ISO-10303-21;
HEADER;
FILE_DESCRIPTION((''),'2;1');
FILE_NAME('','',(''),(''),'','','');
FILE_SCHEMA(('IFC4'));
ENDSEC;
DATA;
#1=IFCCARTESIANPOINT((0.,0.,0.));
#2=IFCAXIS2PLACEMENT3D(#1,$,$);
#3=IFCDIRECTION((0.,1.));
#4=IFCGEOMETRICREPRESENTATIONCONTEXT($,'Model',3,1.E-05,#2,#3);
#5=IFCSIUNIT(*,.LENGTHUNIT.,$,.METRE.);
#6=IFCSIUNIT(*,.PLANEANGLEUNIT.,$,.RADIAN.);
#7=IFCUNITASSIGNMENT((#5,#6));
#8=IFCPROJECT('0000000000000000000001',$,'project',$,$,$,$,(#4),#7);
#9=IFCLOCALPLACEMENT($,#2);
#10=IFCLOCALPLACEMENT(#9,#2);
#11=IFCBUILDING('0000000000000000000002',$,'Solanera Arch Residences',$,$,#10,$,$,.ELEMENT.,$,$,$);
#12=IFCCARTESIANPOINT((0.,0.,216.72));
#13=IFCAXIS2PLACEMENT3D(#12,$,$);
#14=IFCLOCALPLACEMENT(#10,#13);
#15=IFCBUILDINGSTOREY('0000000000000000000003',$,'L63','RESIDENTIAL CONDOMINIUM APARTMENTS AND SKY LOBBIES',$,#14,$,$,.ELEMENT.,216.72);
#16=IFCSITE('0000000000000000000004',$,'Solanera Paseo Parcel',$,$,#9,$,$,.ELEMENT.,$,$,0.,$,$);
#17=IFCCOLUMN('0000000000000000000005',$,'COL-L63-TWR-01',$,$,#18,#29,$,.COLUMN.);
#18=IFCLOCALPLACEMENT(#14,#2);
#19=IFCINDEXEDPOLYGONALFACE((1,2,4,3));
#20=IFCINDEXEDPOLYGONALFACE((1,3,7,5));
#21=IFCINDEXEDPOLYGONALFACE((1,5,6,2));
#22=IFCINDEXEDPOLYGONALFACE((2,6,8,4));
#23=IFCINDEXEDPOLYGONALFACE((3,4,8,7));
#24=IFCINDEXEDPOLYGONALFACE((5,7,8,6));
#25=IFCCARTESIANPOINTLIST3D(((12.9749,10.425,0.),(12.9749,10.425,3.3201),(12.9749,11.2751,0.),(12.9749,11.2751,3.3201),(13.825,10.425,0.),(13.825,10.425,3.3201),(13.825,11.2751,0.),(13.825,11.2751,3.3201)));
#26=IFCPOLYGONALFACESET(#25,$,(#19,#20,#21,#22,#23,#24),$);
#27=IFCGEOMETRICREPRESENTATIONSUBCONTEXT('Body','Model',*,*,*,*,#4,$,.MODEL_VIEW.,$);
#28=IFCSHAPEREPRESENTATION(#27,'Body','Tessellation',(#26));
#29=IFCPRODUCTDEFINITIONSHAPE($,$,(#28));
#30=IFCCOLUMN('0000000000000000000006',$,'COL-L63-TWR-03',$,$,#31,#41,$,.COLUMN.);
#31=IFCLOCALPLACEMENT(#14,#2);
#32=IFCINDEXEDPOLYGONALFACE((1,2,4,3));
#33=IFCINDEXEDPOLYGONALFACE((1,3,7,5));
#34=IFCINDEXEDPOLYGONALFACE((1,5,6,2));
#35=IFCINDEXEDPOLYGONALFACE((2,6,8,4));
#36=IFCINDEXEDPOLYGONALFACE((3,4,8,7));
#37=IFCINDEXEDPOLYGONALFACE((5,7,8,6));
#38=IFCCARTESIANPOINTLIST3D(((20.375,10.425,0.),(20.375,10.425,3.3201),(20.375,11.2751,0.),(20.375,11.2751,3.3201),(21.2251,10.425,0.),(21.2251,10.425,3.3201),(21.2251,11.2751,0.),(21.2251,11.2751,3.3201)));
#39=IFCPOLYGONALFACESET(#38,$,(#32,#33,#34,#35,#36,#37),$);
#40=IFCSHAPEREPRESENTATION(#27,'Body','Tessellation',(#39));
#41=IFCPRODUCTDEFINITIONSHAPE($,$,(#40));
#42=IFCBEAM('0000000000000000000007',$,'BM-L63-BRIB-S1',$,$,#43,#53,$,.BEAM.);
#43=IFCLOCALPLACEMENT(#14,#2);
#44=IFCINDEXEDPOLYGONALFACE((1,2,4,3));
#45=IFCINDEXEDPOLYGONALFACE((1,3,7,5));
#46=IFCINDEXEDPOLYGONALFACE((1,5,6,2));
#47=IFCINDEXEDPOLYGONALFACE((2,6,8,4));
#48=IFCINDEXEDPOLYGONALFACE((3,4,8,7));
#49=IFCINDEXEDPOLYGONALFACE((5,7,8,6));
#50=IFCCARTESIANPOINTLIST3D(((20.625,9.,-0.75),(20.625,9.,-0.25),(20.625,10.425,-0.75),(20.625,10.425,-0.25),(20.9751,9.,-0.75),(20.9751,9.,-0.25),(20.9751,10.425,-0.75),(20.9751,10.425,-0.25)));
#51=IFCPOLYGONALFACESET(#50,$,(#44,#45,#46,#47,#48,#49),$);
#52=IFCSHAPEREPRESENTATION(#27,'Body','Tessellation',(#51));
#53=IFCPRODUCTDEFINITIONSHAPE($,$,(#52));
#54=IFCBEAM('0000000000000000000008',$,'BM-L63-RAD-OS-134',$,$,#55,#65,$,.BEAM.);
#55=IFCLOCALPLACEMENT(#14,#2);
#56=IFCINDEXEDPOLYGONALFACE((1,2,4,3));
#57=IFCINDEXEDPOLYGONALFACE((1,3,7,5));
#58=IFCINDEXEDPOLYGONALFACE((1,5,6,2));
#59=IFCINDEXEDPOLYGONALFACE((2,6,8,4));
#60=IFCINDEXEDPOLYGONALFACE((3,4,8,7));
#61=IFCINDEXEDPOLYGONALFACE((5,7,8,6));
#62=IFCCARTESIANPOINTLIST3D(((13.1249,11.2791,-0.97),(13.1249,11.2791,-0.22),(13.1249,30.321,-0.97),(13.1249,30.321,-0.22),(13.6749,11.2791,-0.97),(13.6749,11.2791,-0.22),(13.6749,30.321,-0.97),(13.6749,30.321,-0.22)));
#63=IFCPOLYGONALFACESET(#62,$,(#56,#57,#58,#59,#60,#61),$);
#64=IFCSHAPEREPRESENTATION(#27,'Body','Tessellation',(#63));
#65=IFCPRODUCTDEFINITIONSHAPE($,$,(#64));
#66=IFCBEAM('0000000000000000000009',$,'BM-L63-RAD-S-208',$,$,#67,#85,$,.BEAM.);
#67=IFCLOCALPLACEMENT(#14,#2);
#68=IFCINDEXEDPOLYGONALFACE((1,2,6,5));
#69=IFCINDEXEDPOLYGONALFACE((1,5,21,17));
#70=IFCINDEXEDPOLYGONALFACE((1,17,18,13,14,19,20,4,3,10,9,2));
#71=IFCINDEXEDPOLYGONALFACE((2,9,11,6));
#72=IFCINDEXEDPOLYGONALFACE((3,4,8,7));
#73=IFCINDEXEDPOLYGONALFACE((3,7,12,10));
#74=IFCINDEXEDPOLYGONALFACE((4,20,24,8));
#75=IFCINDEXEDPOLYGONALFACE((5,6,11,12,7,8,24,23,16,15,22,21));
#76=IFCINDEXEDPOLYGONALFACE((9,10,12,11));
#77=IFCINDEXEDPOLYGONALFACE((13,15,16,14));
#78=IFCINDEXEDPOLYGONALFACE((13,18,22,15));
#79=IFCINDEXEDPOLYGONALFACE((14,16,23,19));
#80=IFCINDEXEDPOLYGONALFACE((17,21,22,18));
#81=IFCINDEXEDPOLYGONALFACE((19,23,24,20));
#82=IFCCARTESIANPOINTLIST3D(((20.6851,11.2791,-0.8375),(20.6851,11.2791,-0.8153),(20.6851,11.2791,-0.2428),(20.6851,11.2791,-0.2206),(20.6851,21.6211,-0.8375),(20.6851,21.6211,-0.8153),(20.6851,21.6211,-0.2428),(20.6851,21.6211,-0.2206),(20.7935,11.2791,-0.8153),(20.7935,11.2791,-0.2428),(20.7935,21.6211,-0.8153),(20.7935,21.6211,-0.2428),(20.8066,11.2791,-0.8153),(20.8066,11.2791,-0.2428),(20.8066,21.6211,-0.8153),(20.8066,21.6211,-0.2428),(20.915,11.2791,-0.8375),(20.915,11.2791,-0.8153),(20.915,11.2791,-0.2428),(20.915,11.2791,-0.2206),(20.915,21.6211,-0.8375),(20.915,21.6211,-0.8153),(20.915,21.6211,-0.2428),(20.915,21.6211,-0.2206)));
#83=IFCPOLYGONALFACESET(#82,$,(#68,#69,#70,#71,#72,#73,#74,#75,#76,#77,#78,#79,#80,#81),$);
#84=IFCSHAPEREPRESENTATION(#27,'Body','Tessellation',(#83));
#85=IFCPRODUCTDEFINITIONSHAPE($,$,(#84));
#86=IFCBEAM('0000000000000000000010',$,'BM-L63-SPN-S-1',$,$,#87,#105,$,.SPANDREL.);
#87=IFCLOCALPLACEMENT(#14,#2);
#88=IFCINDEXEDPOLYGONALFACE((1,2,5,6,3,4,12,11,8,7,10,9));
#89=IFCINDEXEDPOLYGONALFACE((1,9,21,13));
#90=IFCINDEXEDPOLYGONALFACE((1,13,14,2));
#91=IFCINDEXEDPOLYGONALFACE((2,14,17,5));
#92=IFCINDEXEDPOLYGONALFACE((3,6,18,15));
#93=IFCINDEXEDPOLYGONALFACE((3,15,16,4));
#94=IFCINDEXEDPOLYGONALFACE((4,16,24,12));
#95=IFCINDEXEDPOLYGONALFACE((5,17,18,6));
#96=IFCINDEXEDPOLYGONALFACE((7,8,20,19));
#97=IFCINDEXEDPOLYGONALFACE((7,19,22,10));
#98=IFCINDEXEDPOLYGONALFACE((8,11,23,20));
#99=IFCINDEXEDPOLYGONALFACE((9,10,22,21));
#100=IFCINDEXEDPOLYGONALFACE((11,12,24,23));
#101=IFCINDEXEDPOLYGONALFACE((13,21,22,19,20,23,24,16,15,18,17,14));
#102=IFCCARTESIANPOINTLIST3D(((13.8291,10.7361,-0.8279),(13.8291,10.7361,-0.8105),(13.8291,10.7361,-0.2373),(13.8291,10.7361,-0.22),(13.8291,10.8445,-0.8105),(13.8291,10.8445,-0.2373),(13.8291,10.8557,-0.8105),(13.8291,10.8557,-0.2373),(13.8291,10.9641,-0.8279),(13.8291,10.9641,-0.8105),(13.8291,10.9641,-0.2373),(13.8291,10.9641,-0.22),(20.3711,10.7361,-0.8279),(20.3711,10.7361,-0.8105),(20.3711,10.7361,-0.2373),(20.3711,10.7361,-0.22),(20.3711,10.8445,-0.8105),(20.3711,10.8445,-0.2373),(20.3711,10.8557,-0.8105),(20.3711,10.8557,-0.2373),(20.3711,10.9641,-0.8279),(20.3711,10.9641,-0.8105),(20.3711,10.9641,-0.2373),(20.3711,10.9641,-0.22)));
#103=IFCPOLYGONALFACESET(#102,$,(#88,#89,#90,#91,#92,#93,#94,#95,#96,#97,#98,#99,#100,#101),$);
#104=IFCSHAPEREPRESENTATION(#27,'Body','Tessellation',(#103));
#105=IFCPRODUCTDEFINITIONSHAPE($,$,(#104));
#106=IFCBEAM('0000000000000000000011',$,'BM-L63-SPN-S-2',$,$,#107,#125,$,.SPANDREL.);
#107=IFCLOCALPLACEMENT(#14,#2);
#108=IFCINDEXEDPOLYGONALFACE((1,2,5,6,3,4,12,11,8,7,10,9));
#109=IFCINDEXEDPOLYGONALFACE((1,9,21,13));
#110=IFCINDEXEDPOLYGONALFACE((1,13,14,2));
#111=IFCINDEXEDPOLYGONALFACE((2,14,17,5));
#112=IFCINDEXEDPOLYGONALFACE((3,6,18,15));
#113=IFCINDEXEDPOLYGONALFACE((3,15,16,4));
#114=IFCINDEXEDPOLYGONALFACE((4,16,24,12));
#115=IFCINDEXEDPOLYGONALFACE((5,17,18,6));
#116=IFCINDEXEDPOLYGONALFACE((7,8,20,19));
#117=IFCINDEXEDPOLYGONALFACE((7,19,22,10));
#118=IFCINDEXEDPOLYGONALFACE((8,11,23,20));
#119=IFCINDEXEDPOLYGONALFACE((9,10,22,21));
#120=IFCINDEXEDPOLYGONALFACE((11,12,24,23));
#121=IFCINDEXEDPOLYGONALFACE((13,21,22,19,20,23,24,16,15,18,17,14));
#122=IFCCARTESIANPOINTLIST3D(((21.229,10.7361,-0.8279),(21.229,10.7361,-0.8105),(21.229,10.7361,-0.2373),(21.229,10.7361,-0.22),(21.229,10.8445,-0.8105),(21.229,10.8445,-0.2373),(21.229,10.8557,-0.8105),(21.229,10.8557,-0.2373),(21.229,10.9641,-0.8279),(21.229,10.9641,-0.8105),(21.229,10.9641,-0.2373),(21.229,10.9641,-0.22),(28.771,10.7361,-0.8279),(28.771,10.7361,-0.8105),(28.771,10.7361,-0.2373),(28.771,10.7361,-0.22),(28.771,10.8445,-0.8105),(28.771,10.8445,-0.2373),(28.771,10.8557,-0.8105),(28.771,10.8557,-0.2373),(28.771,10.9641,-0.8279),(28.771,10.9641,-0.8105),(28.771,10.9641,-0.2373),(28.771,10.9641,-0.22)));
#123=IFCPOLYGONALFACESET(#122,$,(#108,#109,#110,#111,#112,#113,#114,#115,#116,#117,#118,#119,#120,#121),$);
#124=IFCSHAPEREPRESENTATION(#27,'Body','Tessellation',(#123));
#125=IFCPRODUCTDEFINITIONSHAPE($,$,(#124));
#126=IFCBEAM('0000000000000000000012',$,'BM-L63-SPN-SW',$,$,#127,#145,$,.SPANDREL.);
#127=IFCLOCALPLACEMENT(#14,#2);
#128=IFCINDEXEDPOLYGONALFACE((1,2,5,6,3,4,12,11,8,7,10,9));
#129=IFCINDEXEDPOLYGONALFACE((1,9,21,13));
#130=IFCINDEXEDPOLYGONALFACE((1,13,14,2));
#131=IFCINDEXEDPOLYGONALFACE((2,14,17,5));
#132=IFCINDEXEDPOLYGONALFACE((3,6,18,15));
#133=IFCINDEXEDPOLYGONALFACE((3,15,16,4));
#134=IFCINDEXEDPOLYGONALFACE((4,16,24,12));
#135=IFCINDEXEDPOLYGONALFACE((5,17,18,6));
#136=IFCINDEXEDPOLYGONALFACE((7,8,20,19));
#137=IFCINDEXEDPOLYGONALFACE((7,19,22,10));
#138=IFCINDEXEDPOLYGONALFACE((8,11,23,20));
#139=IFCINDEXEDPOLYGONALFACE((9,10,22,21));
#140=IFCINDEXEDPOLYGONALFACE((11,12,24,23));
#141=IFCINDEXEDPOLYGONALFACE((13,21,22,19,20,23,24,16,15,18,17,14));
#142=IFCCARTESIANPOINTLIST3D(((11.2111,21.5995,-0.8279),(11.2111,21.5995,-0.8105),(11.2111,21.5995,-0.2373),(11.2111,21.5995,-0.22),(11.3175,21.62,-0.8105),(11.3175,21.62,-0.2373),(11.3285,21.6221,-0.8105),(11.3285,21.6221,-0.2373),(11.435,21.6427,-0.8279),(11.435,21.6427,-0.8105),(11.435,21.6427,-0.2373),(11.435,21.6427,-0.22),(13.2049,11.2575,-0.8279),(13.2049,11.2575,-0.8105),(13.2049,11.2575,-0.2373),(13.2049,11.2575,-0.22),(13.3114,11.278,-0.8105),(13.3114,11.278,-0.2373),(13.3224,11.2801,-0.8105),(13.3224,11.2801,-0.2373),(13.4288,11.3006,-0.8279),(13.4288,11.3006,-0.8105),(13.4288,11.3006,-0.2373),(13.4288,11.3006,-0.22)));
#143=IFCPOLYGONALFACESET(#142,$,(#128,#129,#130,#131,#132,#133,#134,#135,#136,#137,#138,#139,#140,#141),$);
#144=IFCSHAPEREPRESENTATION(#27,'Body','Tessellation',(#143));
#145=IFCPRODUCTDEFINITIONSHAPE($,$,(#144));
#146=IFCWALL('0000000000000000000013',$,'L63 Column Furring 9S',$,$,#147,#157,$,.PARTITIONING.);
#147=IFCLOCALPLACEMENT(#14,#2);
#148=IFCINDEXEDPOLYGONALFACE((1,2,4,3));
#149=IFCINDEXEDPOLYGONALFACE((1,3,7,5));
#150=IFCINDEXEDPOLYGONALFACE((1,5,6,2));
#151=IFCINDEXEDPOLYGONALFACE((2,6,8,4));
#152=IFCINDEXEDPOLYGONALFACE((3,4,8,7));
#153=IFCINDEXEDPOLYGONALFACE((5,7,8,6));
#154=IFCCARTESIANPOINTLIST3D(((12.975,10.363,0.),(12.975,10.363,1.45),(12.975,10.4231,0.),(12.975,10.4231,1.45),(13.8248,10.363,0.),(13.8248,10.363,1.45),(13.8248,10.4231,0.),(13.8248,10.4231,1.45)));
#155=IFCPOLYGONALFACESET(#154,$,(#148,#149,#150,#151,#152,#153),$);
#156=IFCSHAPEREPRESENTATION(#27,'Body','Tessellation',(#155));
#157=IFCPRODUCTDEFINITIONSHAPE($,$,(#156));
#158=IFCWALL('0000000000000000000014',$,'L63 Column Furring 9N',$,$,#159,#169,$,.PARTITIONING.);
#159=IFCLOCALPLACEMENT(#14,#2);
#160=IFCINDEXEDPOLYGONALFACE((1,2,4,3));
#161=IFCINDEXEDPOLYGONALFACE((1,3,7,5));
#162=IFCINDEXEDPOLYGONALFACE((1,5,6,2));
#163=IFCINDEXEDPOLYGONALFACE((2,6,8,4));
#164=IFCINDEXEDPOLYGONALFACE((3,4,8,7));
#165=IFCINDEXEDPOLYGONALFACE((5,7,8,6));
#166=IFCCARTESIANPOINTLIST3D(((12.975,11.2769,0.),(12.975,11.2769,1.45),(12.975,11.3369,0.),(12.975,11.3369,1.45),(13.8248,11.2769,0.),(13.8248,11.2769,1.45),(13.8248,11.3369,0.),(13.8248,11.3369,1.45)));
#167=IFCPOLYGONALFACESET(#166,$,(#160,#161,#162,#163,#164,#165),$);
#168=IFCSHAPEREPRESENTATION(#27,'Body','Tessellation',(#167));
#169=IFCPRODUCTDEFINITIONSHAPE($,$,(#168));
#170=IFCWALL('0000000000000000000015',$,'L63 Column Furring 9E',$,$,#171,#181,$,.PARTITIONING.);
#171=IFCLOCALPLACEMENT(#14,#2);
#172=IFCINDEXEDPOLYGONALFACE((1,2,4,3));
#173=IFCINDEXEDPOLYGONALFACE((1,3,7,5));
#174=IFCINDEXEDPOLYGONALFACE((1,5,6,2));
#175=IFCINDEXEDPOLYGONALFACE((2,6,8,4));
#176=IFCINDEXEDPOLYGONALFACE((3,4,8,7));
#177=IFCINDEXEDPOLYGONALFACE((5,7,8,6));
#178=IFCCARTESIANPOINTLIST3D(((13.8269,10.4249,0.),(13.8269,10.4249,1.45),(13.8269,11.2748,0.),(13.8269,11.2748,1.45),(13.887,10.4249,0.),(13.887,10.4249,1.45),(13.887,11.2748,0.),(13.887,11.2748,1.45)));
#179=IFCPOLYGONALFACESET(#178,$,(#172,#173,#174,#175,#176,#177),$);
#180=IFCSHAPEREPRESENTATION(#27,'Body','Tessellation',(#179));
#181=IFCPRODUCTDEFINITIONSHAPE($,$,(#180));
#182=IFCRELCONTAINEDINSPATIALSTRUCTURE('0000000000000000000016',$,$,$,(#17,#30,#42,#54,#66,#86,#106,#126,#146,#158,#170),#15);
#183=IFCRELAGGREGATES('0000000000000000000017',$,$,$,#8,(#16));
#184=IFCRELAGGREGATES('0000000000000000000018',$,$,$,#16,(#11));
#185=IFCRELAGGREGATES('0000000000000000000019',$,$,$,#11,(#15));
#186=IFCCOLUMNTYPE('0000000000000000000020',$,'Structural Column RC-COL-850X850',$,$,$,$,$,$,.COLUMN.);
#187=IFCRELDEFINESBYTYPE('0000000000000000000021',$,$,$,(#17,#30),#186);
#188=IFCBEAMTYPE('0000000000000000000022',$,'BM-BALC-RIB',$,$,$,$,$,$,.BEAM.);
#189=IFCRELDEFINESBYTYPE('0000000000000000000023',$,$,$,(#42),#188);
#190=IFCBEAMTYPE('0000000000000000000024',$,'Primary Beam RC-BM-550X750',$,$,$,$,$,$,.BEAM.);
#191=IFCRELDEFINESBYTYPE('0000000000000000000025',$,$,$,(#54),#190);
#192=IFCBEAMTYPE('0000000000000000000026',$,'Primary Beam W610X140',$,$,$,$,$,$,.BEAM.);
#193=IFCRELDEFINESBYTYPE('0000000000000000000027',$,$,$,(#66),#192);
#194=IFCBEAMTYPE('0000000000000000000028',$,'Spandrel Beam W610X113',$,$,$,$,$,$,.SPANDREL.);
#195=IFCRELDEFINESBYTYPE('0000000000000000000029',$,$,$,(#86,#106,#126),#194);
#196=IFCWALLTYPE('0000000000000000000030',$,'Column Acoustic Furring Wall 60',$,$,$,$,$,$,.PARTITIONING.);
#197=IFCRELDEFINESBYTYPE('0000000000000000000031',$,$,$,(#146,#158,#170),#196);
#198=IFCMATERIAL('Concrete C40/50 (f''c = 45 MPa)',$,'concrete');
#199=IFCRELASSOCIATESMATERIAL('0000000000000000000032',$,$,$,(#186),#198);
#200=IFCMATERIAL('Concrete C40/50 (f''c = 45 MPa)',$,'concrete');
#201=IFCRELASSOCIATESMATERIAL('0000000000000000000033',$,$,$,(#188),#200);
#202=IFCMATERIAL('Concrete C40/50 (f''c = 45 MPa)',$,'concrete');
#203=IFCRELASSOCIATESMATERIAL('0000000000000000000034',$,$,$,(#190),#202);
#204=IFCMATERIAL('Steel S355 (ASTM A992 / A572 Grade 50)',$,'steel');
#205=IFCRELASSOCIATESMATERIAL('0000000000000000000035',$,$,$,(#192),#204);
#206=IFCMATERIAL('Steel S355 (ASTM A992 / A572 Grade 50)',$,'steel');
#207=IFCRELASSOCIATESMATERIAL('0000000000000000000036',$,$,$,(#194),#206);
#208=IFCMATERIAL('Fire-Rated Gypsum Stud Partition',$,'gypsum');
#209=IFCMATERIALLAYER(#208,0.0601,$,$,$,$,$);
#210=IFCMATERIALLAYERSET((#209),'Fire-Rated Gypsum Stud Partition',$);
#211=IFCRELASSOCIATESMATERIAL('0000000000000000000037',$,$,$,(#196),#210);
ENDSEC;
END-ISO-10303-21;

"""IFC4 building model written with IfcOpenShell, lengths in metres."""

from ifc_helpers import new_model, si_unit, direction, frame, frame_2d, origin, origin_2d, place, context, subcontext, project, spatial, rectangle, i_section, extrude, material, layer, layer_set, material_profile, profile_set, type_object, element, save


model = new_model("IFC4")

# Units and contexts
model_context = context("Model", 3, precision=1e-05, world=origin(), true_north=direction((0.0, 1.0)))
body_context = subcontext(model_context, "Body", "Model", "MODEL_VIEW")
ifc_project = project(units=[si_unit("LENGTHUNIT", "METRE"), si_unit("PLANEANGLEUNIT", "RADIAN")], contexts=[model_context])

# Site, building, storey
site_placement = place(None, origin())
site = spatial("IfcSite", under=ifc_project, at=site_placement, Name="Solanera Paseo Parcel", CompositionType="ELEMENT", RefElevation=0.0)
building_placement = place(site_placement, origin())
building = spatial("IfcBuilding", under=site, at=building_placement, Name="Solanera Arch Residences", CompositionType="ELEMENT")
storey_placement = place(building_placement, frame((0.0, 0.0, 216.72)))
storey = spatial("IfcBuildingStorey", under=building, at=storey_placement, Name="L63", Description="RESIDENTIAL CONDOMINIUM APARTMENTS AND SKY LOBBIES", CompositionType="ELEMENT", Elevation=216.72)

# Columns
ifc_material_1 = material(Name="Concrete C40/50 (f'c = 45 MPa)", Category="concrete")
ifc_material_profile_1 = material_profile(ifc_material_1, rectangle(XDim=0.8501, YDim=0.8501, at=origin_2d()))
ifc_profile_set_1 = profile_set([ifc_material_profile_1], Name="Concrete C40/50 (f'c = 45 MPa)")
column_type = type_object("IfcColumnType", Name="Structural Column RC-COL-850X850", PredefinedType="COLUMN", material=ifc_profile_set_1)
for number, where, z_axis, x_axis, name in (
    (1, (13.3999, 10.8501, 0.0), (0.0, 0.0, 1.0), (1.0, 0.0, 0.0), "COL-L63-TWR-01"),
    (2, (20.8, 10.8501, 0.0), (0.0, 0.0, 1.0), (1.0, 0.0, 0.0), "COL-L63-TWR-03"),
):
    element("IfcColumn", number, at=place(storey_placement, frame(where, z_axis=z_axis, x_axis=x_axis)), inside=storey, type_object=column_type, Name=name, PredefinedType="COLUMN", context=body_context, shape_type="SweptSolid", body=[
        extrude(rectangle(XDim=0.8501, YDim=0.8501, at=origin_2d()), origin(), (0.0, 0.0, 1.0), 3.3201),
    ])

# Beams
ifc_material_2 = material(Name="Concrete C40/50 (f'c = 45 MPa)", Category="concrete")
ifc_material_profile_2 = material_profile(ifc_material_2, rectangle(XDim=0.3501, YDim=0.5, at=origin_2d()))
ifc_profile_set_2 = profile_set([ifc_material_profile_2], Name="Concrete C40/50 (f'c = 45 MPa)")
beam_type_1 = type_object("IfcBeamType", Name="BM-BALC-RIB", PredefinedType="BEAM", material=ifc_profile_set_2)
beam_1_placement = place(storey_placement, frame((20.8, 9.0, -0.5), z_axis=(0.0, 1.0, 0.0), x_axis=(-1.0, 0.0, 0.0)))
element("IfcBeam", 3, at=beam_1_placement, inside=storey, type_object=beam_type_1, Name="BM-L63-BRIB-S1", PredefinedType="BEAM", context=body_context, shape_type="SweptSolid", body=[
    extrude(rectangle(XDim=0.3501, YDim=0.5, at=origin_2d()), origin(), (0.0, 0.0, 1.0), 1.425),
])
ifc_material_3 = material(Name="Concrete C40/50 (f'c = 45 MPa)", Category="concrete")
ifc_material_profile_3 = material_profile(ifc_material_3, rectangle(XDim=0.55, YDim=0.75, at=origin_2d()))
ifc_profile_set_3 = profile_set([ifc_material_profile_3], Name="Concrete C40/50 (f'c = 45 MPa)")
beam_type_2 = type_object("IfcBeamType", Name="Primary Beam RC-BM-550X750", PredefinedType="BEAM", material=ifc_profile_set_3)
beam_2_placement = place(storey_placement, frame((13.3999, 11.2791, -0.595), z_axis=(0.0, 1.0, 0.0), x_axis=(-1.0, 0.0, 0.0)))
element("IfcBeam", 4, at=beam_2_placement, inside=storey, type_object=beam_type_2, Name="BM-L63-RAD-OS-134", PredefinedType="BEAM", context=body_context, shape_type="SweptSolid", body=[
    extrude(rectangle(XDim=0.55, YDim=0.75, at=origin_2d()), origin(), (0.0, 0.0, 1.0), 19.042),
])
ifc_material_4 = material(Name="Steel S355 (ASTM A992 / A572 Grade 50)", Category="steel")
ifc_material_profile_4 = material_profile(ifc_material_4, i_section(OverallWidth=0.23, OverallDepth=0.6169, WebThickness=0.0132, FlangeThickness=0.0222, at=origin_2d()))
ifc_profile_set_4 = profile_set([ifc_material_profile_4], Name="Steel S355 (ASTM A992 / A572 Grade 50)")
beam_type_3 = type_object("IfcBeamType", Name="Primary Beam W610X140", PredefinedType="BEAM", material=ifc_profile_set_4)
beam_3_placement = place(storey_placement, frame((20.8, 11.2791, -0.5291), z_axis=(0.0, 1.0, 0.0), x_axis=(-1.0, 0.0, 0.0)))
element("IfcBeam", 5, at=beam_3_placement, inside=storey, type_object=beam_type_3, Name="BM-L63-RAD-S-208", PredefinedType="BEAM", context=body_context, shape_type="SweptSolid", body=[
    extrude(i_section(OverallWidth=0.23, OverallDepth=0.6169, WebThickness=0.0132, FlangeThickness=0.0222, at=origin_2d()), origin(), (0.0, 0.0, 1.0), 10.342),
])
ifc_material_5 = material(Name="Steel S355 (ASTM A992 / A572 Grade 50)", Category="steel")
ifc_material_profile_5 = material_profile(ifc_material_5, i_section(OverallWidth=0.228, OverallDepth=0.6079, WebThickness=0.0112, FlangeThickness=0.0173, at=origin_2d()))
ifc_profile_set_5 = profile_set([ifc_material_profile_5], Name="Steel S355 (ASTM A992 / A572 Grade 50)")
beam_type_4 = type_object("IfcBeamType", Name="Spandrel Beam W610X113", PredefinedType="SPANDREL", material=ifc_profile_set_5)
beam_4_placement = place(storey_placement, frame((13.8291, 10.8501, -0.5239), z_axis=(1.0, 0.0, 0.0), x_axis=(0.0, 1.0, 0.0)))
element("IfcBeam", 6, at=beam_4_placement, inside=storey, type_object=beam_type_4, Name="BM-L63-SPN-S-1", PredefinedType="SPANDREL", context=body_context, shape_type="SweptSolid", body=[
    extrude(i_section(OverallWidth=0.228, OverallDepth=0.6079, WebThickness=0.0112, FlangeThickness=0.0173, at=origin_2d()), origin(), (0.0, 0.0, 1.0), 6.542),
])
beam_5_placement = place(storey_placement, frame((21.229, 10.8501, -0.5239), z_axis=(1.0, 0.0, 0.0), x_axis=(0.0, 1.0, 0.0)))
element("IfcBeam", 7, at=beam_5_placement, inside=storey, type_object=beam_type_4, Name="BM-L63-SPN-S-2", PredefinedType="SPANDREL", context=body_context, shape_type="SweptSolid", body=[
    extrude(i_section(OverallWidth=0.228, OverallDepth=0.6079, WebThickness=0.0112, FlangeThickness=0.0173, at=origin_2d()), origin(), (0.0, 0.0, 1.0), 7.542),
])
beam_6_placement = place(storey_placement, frame((13.3169, 11.2791, -0.5239), z_axis=(-0.189309, 0.981918, 0.0), x_axis=(-0.981918, -0.189309, 0.0)))
element("IfcBeam", 8, at=beam_6_placement, inside=storey, type_object=beam_type_4, Name="BM-L63-SPN-SW", PredefinedType="SPANDREL", context=body_context, shape_type="SweptSolid", body=[
    extrude(i_section(OverallWidth=0.228, OverallDepth=0.6079, WebThickness=0.0112, FlangeThickness=0.0173, at=origin_2d()), origin(), (0.0, 0.0, 1.0), 10.5325),
])

# Walls
ifc_material_6 = material(Name="Fire-Rated Gypsum Stud Partition", Category="gypsum")
ifc_layer_1 = layer(ifc_material_6, 0.0601)
ifc_layer_set_1 = layer_set([ifc_layer_1], Name="Fire-Rated Gypsum Stud Partition")
wall_type_1 = type_object("IfcWallType", Name="Column Acoustic Furring Wall 60", PredefinedType="PARTITIONING", material=ifc_layer_set_1)
for number, where, z_axis, x_axis, name in (
    (9, (12.9751, 10.3931, 0.0), (0.0, 0.0, 1.0), (1.0, 0.0, 0.0), "L63 Column Furring 9S"),
    (10, (12.9751, 11.3069, 0.0), (0.0, 0.0, 1.0), (1.0, 0.0, 0.0), "L63 Column Furring 9N"),
    (11, (13.8569, 10.425, 0.0), (0.0, 0.0, 1.0), (0.0, 1.0, 0.0), "L63 Column Furring 9E"),
):
    element("IfcWall", number, at=place(storey_placement, frame(where, z_axis=z_axis, x_axis=x_axis)), inside=storey, type_object=wall_type_1, Name=name, PredefinedType="PARTITIONING", context=body_context, shape_type="SweptSolid", body=[
        extrude(rectangle(XDim=0.8499, YDim=0.0601, at=frame_2d((0.4248, 0.0))), origin(), (0.0, 0.0, 1.0), 1.45),
    ])

save(model, "model.ifc")
